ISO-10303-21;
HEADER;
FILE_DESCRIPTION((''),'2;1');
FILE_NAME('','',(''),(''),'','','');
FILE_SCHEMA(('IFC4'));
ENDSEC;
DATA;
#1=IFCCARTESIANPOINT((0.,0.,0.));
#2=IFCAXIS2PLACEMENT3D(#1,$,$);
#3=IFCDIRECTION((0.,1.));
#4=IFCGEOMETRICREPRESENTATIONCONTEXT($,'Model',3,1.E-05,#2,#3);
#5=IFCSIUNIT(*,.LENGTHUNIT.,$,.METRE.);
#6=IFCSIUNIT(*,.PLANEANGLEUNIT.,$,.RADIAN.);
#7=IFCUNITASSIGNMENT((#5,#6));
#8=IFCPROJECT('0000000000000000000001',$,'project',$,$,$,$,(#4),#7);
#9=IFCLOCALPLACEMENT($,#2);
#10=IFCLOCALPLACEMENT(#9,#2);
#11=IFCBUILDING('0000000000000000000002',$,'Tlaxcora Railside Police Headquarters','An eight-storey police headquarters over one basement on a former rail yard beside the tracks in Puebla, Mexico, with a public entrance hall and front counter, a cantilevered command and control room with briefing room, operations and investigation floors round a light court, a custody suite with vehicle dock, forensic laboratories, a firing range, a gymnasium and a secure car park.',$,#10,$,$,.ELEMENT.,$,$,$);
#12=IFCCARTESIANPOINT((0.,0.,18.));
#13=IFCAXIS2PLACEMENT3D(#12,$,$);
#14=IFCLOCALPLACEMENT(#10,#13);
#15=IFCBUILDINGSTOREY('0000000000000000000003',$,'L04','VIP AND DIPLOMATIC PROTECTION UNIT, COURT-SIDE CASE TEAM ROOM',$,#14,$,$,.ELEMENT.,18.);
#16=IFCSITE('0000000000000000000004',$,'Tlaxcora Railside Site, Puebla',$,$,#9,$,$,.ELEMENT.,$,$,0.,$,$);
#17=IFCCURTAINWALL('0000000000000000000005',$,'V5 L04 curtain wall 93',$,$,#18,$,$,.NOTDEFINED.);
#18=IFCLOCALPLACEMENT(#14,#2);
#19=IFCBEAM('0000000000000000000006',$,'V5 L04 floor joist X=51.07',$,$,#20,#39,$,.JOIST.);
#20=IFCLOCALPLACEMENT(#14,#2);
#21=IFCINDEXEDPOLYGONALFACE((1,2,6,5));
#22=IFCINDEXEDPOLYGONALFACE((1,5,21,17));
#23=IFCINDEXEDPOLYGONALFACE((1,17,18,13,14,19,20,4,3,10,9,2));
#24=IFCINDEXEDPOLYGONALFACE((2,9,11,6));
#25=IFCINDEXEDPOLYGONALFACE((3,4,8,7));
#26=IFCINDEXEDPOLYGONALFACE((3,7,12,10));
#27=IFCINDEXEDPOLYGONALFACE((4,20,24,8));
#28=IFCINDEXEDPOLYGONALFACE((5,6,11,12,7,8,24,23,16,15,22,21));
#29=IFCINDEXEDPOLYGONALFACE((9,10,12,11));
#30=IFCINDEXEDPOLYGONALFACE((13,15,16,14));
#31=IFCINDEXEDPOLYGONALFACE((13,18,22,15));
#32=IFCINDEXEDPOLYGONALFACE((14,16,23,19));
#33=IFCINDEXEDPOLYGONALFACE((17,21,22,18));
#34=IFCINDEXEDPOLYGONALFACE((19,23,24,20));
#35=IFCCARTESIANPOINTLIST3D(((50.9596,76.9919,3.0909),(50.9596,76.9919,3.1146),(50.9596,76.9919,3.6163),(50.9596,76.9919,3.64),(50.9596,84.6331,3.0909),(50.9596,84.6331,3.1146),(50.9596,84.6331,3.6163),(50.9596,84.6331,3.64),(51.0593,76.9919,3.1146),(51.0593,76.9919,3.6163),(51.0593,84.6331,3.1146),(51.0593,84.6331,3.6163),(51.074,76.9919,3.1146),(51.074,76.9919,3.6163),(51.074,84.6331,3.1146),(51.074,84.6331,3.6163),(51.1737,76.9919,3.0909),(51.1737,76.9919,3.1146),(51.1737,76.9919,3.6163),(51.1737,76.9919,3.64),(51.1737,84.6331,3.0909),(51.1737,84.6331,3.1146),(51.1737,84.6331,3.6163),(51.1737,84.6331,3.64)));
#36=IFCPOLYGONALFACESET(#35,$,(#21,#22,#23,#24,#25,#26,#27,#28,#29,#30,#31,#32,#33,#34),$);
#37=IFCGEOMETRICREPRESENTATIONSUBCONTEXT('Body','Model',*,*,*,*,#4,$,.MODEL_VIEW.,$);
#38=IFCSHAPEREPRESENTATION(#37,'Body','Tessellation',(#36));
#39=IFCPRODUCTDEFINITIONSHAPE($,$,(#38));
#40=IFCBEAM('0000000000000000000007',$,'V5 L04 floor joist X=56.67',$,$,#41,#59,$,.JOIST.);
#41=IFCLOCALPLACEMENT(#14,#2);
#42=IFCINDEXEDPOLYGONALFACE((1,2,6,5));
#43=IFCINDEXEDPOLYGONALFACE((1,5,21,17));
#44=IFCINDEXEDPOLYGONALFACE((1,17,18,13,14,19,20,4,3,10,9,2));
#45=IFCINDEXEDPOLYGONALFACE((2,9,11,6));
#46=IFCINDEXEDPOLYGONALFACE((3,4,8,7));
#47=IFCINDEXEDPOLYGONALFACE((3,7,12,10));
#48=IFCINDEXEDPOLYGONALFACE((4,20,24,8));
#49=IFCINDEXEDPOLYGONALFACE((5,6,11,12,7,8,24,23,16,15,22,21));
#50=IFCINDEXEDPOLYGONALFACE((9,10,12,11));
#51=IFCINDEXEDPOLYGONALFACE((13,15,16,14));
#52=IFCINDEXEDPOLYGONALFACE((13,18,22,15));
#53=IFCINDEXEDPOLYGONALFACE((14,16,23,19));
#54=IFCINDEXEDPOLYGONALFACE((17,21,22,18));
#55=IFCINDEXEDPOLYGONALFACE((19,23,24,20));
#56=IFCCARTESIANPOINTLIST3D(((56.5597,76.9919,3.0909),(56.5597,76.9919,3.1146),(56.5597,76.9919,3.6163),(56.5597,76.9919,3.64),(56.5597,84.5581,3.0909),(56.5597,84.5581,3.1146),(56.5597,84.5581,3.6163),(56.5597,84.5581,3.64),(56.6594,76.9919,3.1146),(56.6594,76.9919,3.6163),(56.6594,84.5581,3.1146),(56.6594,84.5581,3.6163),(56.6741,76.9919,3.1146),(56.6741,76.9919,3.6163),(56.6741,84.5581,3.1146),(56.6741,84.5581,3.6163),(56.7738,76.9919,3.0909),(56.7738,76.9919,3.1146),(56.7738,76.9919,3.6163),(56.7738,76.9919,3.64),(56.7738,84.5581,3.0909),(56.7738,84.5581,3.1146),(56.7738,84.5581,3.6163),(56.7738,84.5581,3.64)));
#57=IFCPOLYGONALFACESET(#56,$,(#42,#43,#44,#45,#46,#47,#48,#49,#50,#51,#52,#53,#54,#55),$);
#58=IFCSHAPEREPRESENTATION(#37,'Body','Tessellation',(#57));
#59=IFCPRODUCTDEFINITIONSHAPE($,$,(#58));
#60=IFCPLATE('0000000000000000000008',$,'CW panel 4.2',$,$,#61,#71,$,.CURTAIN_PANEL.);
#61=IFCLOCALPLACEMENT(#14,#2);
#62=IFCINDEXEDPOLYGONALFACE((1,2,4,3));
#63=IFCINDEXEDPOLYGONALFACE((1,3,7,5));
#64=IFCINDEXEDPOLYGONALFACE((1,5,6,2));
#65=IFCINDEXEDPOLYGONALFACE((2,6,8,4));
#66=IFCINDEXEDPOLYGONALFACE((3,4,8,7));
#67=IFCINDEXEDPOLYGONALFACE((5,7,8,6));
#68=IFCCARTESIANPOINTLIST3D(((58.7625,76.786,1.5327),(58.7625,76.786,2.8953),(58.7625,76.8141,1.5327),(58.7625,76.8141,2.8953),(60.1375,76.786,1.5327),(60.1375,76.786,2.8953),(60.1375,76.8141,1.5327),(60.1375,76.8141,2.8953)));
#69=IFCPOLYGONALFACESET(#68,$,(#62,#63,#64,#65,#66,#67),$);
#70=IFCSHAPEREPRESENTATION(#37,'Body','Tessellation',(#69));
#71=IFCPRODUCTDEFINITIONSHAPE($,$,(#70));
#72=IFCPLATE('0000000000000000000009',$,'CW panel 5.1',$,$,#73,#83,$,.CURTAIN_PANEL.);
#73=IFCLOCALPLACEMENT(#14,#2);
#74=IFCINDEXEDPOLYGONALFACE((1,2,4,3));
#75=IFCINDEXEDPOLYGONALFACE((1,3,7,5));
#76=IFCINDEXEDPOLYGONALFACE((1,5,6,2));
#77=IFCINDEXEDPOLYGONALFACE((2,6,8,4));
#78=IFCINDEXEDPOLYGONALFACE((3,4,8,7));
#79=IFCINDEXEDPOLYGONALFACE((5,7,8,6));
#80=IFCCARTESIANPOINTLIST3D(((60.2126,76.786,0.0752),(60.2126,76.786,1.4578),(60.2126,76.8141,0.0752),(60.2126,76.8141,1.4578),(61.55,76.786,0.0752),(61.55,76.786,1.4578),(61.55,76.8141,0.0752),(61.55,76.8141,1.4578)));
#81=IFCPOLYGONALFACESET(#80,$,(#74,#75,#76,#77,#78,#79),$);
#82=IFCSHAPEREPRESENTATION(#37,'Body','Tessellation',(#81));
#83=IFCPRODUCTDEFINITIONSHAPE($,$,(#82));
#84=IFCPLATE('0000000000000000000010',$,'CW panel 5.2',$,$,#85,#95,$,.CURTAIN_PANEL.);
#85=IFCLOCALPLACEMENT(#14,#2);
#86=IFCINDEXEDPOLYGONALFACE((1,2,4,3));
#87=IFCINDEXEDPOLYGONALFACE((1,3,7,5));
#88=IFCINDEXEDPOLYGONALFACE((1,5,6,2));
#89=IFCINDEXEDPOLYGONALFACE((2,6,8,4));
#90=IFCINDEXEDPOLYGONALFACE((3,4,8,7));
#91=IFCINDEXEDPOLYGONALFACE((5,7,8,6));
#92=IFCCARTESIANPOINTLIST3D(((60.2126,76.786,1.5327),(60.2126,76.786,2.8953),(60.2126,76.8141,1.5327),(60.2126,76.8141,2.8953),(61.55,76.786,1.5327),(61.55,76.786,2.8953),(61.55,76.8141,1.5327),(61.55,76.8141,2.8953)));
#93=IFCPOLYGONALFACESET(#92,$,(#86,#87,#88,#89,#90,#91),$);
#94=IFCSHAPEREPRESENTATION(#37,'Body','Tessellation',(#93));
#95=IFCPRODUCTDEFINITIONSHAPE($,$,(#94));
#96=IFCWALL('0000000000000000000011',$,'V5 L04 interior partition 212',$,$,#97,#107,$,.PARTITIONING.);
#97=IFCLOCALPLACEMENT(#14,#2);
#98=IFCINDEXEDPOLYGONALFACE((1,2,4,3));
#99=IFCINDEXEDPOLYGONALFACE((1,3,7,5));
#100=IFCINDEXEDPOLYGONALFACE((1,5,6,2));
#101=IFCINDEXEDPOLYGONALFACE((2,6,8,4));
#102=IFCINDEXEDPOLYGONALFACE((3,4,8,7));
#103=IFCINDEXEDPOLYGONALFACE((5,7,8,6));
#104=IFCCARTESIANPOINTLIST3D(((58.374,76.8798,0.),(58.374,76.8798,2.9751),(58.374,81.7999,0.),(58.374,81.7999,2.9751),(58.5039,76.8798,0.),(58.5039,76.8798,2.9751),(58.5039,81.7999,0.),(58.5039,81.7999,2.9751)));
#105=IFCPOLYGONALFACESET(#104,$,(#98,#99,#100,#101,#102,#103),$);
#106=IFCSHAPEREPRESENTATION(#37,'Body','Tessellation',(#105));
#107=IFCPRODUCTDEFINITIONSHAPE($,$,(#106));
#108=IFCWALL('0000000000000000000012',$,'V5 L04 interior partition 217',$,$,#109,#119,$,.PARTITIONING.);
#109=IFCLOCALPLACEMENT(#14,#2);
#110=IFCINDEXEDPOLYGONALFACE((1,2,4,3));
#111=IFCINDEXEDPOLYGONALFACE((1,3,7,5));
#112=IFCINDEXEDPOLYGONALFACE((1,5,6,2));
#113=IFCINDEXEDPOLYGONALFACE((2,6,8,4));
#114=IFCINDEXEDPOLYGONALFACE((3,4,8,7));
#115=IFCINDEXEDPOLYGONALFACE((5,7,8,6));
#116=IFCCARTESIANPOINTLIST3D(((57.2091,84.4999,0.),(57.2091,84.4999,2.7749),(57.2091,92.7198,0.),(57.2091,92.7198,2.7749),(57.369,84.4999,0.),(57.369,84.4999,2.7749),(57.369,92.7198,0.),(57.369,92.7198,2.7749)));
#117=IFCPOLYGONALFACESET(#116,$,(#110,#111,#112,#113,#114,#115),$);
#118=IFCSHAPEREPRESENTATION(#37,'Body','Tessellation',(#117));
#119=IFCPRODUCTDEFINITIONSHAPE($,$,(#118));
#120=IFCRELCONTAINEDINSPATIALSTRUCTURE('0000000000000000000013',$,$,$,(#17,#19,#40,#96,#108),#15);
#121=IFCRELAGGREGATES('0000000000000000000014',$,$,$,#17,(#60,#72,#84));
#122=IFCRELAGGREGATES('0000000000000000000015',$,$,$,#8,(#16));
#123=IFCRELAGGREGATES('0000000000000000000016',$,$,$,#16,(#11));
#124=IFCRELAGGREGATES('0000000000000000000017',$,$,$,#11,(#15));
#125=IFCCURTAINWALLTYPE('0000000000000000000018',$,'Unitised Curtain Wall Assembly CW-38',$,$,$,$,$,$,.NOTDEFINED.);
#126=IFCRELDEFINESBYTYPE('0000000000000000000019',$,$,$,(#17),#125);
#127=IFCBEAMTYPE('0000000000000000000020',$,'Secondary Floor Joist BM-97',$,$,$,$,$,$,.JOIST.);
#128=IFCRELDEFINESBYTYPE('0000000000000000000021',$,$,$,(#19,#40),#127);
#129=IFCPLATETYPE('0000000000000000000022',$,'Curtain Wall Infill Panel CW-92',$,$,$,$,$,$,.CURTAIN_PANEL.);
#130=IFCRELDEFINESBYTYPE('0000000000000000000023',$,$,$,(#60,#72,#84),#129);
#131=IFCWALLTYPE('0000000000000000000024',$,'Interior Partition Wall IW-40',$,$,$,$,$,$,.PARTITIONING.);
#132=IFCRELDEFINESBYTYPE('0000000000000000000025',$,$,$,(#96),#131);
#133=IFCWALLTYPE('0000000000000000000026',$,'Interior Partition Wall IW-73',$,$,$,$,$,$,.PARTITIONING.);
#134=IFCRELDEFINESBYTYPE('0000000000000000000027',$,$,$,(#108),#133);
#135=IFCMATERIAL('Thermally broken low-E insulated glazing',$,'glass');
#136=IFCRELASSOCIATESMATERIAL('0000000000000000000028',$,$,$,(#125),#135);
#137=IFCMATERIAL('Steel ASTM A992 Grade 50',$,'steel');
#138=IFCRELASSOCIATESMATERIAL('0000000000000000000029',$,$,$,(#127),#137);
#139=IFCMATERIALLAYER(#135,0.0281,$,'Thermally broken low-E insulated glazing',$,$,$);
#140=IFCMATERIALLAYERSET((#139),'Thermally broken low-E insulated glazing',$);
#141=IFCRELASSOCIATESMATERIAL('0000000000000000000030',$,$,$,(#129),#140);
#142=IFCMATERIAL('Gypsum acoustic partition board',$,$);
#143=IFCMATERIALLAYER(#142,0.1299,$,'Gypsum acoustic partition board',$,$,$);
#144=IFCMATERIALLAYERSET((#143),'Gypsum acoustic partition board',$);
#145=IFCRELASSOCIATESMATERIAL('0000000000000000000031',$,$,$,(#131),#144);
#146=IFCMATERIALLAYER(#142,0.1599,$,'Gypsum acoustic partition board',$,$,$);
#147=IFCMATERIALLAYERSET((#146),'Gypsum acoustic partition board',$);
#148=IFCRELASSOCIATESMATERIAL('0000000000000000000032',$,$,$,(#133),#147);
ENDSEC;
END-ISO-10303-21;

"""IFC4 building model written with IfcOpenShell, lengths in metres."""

from ifc_helpers import new_model, si_unit, direction, frame, frame_2d, origin, origin_2d, place, context, subcontext, project, spatial, rectangle, i_section, extrude, material, layer, layer_set, material_profile, profile_set, type_object, element, aggregate, save


model = new_model("IFC4")

# Units and contexts
model_context = context("Model", 3, precision=1e-05, world=origin(), true_north=direction((0.0, 1.0)))
body_context = subcontext(model_context, "Body", "Model", "MODEL_VIEW")
ifc_project = project(units=[si_unit("LENGTHUNIT", "METRE"), si_unit("PLANEANGLEUNIT", "RADIAN")], contexts=[model_context])

# Site, building, storey
site_placement = place(None, origin())
site = spatial("IfcSite", under=ifc_project, at=site_placement, Name="Tlaxcora Railside Site, Puebla", CompositionType="ELEMENT", RefElevation=0.0)
building_placement = place(site_placement, origin())
building = spatial("IfcBuilding", under=site, at=building_placement, Name="Tlaxcora Railside Police Headquarters", Description="An eight-storey police headquarters over one basement on a former rail yard beside the tracks in Puebla, Mexico, with a public entrance hall and front counter, a cantilevered command and control room with briefing room, operations and investigation floors round a light court, a custody suite with vehicle dock, forensic laboratories, a firing range, a gymnasium and a secure car park.", CompositionType="ELEMENT")
storey_placement = place(building_placement, frame((0.0, 0.0, 18.0)))
storey = spatial("IfcBuildingStorey", under=building, at=storey_placement, Name="L04", Description="VIP AND DIPLOMATIC PROTECTION UNIT, COURT-SIDE CASE TEAM ROOM", CompositionType="ELEMENT", Elevation=18.0)

# Curtain wall
ifc_material_1 = material(Name="Thermally broken low-E insulated glazing", Category="glass")
curtain_wall_type = type_object("IfcCurtainWallType", Name="Unitised Curtain Wall Assembly CW-38", PredefinedType="NOTDEFINED", material=ifc_material_1)
curtain_wall_placement = place(storey_placement, origin())
curtain_wall = element("IfcCurtainWall", 1, at=curtain_wall_placement, inside=storey, type_object=curtain_wall_type, Name="V5 L04 curtain wall 93", PredefinedType="NOTDEFINED")

# Beams
ifc_material_2 = material(Name="Steel ASTM A992 Grade 50", Category="steel")
ifc_material_profile_1 = material_profile(ifc_material_2, i_section(OverallWidth=0.2141, OverallDepth=0.5491, WebThickness=0.0146, FlangeThickness=0.0237, at=origin_2d()), Name="W21X93")
ifc_profile_set_1 = profile_set([ifc_material_profile_1], Name="Steel ASTM A992 Grade 50")
beam_type_1 = type_object("IfcBeamType", Name="Secondary Floor Joist BM-97", PredefinedType="JOIST", material=ifc_profile_set_1)
beam_1_placement = place(storey_placement, frame((51.0667, 76.9919, 3.3655), z_axis=(0.0, 1.0, 0.0), x_axis=(-1.0, 0.0, 0.0)))
element("IfcBeam", 2, at=beam_1_placement, inside=storey, type_object=beam_type_1, Name="V5 L04 floor joist X=51.07", PredefinedType="JOIST", context=body_context, shape_type="SweptSolid", body=[
    extrude(i_section(OverallWidth=0.2141, OverallDepth=0.5491, WebThickness=0.0146, FlangeThickness=0.0237, at=origin_2d()), origin(), (0.0, 0.0, 1.0), 7.6411),
])
beam_2_placement = place(storey_placement, frame((56.6667, 76.9919, 3.3655), z_axis=(0.0, 1.0, 0.0), x_axis=(-1.0, 0.0, 0.0)))
element("IfcBeam", 3, at=beam_2_placement, inside=storey, type_object=beam_type_1, Name="V5 L04 floor joist X=56.67", PredefinedType="JOIST", context=body_context, shape_type="SweptSolid", body=[
    extrude(i_section(OverallWidth=0.2141, OverallDepth=0.5491, WebThickness=0.0146, FlangeThickness=0.0237, at=origin_2d()), origin(), (0.0, 0.0, 1.0), 7.5662),
])

# Plates
ifc_layer_1 = layer(ifc_material_1, 0.0281, Name="Thermally broken low-E insulated glazing")
ifc_layer_set_1 = layer_set([ifc_layer_1], Name="Thermally broken low-E insulated glazing")
plate_type = type_object("IfcPlateType", Name="Curtain Wall Infill Panel CW-92", PredefinedType="CURTAIN_PANEL", material=ifc_layer_set_1)
plate_1_placement = place(storey_placement, frame((59.45, 76.8, 1.5327), z_axis=(0.0, 0.0, 1.0), x_axis=(1.0, 0.0, 0.0)))
plate_1 = element("IfcPlate", 4, at=plate_1_placement, type_object=plate_type, Name="CW panel 4.2", PredefinedType="CURTAIN_PANEL", context=body_context, shape_type="SweptSolid", body=[
    extrude(rectangle(XDim=1.375, YDim=0.0281, at=origin_2d()), origin(), (0.0, 0.0, 1.0), 1.3625),
])
plate_2_placement = place(storey_placement, frame((60.8813, 76.8, 0.0752), z_axis=(0.0, 0.0, 1.0), x_axis=(1.0, 0.0, 0.0)))
plate_2 = element("IfcPlate", 5, at=plate_2_placement, type_object=plate_type, Name="CW panel 5.1", PredefinedType="CURTAIN_PANEL", context=body_context, shape_type="SweptSolid", body=[
    extrude(rectangle(XDim=1.3374, YDim=0.0281, at=origin_2d()), origin(), (0.0, 0.0, 1.0), 1.3826),
])
plate_3_placement = place(storey_placement, frame((60.8813, 76.8, 1.5327), z_axis=(0.0, 0.0, 1.0), x_axis=(1.0, 0.0, 0.0)))
plate_3 = element("IfcPlate", 6, at=plate_3_placement, type_object=plate_type, Name="CW panel 5.2", PredefinedType="CURTAIN_PANEL", context=body_context, shape_type="SweptSolid", body=[
    extrude(rectangle(XDim=1.3374, YDim=0.0281, at=origin_2d()), origin(), (0.0, 0.0, 1.0), 1.3625),
])
aggregate(curtain_wall, [plate_1, plate_2, plate_3])

# Walls
ifc_material_3 = material(Name="Gypsum acoustic partition board")
ifc_layer_2 = layer(ifc_material_3, 0.1299, Name="Gypsum acoustic partition board")
ifc_layer_set_2 = layer_set([ifc_layer_2], Name="Gypsum acoustic partition board")
wall_type_1 = type_object("IfcWallType", Name="Interior Partition Wall IW-40", PredefinedType="PARTITIONING", material=ifc_layer_set_2)
wall_1_placement = place(storey_placement, frame((58.439, 76.8799, 0.0), z_axis=(0.0, 0.0, 1.0), x_axis=(0.0, 1.0, 0.0)))
element("IfcWall", 7, at=wall_1_placement, inside=storey, type_object=wall_type_1, Name="V5 L04 interior partition 212", PredefinedType="PARTITIONING", context=body_context, shape_type="SweptSolid", body=[
    extrude(rectangle(XDim=4.9202, YDim=0.1299, at=frame_2d((2.46, 0.0))), origin(), (0.0, 0.0, 1.0), 2.9751),
])
ifc_layer_3 = layer(ifc_material_3, 0.1599, Name="Gypsum acoustic partition board")
ifc_layer_set_3 = layer_set([ifc_layer_3], Name="Gypsum acoustic partition board")
wall_type_2 = type_object("IfcWallType", Name="Interior Partition Wall IW-73", PredefinedType="PARTITIONING", material=ifc_layer_set_3)
wall_2_placement = place(storey_placement, frame((57.2891, 84.5, 0.0), z_axis=(0.0, 0.0, 1.0), x_axis=(0.0, 1.0, 0.0)))
element("IfcWall", 8, at=wall_2_placement, inside=storey, type_object=wall_type_2, Name="V5 L04 interior partition 217", PredefinedType="PARTITIONING", context=body_context, shape_type="SweptSolid", body=[
    extrude(rectangle(XDim=8.22, YDim=0.1599, at=frame_2d((4.1099, 0.0))), origin(), (0.0, 0.0, 1.0), 2.7749),
])

save(model, "model.ifc")
